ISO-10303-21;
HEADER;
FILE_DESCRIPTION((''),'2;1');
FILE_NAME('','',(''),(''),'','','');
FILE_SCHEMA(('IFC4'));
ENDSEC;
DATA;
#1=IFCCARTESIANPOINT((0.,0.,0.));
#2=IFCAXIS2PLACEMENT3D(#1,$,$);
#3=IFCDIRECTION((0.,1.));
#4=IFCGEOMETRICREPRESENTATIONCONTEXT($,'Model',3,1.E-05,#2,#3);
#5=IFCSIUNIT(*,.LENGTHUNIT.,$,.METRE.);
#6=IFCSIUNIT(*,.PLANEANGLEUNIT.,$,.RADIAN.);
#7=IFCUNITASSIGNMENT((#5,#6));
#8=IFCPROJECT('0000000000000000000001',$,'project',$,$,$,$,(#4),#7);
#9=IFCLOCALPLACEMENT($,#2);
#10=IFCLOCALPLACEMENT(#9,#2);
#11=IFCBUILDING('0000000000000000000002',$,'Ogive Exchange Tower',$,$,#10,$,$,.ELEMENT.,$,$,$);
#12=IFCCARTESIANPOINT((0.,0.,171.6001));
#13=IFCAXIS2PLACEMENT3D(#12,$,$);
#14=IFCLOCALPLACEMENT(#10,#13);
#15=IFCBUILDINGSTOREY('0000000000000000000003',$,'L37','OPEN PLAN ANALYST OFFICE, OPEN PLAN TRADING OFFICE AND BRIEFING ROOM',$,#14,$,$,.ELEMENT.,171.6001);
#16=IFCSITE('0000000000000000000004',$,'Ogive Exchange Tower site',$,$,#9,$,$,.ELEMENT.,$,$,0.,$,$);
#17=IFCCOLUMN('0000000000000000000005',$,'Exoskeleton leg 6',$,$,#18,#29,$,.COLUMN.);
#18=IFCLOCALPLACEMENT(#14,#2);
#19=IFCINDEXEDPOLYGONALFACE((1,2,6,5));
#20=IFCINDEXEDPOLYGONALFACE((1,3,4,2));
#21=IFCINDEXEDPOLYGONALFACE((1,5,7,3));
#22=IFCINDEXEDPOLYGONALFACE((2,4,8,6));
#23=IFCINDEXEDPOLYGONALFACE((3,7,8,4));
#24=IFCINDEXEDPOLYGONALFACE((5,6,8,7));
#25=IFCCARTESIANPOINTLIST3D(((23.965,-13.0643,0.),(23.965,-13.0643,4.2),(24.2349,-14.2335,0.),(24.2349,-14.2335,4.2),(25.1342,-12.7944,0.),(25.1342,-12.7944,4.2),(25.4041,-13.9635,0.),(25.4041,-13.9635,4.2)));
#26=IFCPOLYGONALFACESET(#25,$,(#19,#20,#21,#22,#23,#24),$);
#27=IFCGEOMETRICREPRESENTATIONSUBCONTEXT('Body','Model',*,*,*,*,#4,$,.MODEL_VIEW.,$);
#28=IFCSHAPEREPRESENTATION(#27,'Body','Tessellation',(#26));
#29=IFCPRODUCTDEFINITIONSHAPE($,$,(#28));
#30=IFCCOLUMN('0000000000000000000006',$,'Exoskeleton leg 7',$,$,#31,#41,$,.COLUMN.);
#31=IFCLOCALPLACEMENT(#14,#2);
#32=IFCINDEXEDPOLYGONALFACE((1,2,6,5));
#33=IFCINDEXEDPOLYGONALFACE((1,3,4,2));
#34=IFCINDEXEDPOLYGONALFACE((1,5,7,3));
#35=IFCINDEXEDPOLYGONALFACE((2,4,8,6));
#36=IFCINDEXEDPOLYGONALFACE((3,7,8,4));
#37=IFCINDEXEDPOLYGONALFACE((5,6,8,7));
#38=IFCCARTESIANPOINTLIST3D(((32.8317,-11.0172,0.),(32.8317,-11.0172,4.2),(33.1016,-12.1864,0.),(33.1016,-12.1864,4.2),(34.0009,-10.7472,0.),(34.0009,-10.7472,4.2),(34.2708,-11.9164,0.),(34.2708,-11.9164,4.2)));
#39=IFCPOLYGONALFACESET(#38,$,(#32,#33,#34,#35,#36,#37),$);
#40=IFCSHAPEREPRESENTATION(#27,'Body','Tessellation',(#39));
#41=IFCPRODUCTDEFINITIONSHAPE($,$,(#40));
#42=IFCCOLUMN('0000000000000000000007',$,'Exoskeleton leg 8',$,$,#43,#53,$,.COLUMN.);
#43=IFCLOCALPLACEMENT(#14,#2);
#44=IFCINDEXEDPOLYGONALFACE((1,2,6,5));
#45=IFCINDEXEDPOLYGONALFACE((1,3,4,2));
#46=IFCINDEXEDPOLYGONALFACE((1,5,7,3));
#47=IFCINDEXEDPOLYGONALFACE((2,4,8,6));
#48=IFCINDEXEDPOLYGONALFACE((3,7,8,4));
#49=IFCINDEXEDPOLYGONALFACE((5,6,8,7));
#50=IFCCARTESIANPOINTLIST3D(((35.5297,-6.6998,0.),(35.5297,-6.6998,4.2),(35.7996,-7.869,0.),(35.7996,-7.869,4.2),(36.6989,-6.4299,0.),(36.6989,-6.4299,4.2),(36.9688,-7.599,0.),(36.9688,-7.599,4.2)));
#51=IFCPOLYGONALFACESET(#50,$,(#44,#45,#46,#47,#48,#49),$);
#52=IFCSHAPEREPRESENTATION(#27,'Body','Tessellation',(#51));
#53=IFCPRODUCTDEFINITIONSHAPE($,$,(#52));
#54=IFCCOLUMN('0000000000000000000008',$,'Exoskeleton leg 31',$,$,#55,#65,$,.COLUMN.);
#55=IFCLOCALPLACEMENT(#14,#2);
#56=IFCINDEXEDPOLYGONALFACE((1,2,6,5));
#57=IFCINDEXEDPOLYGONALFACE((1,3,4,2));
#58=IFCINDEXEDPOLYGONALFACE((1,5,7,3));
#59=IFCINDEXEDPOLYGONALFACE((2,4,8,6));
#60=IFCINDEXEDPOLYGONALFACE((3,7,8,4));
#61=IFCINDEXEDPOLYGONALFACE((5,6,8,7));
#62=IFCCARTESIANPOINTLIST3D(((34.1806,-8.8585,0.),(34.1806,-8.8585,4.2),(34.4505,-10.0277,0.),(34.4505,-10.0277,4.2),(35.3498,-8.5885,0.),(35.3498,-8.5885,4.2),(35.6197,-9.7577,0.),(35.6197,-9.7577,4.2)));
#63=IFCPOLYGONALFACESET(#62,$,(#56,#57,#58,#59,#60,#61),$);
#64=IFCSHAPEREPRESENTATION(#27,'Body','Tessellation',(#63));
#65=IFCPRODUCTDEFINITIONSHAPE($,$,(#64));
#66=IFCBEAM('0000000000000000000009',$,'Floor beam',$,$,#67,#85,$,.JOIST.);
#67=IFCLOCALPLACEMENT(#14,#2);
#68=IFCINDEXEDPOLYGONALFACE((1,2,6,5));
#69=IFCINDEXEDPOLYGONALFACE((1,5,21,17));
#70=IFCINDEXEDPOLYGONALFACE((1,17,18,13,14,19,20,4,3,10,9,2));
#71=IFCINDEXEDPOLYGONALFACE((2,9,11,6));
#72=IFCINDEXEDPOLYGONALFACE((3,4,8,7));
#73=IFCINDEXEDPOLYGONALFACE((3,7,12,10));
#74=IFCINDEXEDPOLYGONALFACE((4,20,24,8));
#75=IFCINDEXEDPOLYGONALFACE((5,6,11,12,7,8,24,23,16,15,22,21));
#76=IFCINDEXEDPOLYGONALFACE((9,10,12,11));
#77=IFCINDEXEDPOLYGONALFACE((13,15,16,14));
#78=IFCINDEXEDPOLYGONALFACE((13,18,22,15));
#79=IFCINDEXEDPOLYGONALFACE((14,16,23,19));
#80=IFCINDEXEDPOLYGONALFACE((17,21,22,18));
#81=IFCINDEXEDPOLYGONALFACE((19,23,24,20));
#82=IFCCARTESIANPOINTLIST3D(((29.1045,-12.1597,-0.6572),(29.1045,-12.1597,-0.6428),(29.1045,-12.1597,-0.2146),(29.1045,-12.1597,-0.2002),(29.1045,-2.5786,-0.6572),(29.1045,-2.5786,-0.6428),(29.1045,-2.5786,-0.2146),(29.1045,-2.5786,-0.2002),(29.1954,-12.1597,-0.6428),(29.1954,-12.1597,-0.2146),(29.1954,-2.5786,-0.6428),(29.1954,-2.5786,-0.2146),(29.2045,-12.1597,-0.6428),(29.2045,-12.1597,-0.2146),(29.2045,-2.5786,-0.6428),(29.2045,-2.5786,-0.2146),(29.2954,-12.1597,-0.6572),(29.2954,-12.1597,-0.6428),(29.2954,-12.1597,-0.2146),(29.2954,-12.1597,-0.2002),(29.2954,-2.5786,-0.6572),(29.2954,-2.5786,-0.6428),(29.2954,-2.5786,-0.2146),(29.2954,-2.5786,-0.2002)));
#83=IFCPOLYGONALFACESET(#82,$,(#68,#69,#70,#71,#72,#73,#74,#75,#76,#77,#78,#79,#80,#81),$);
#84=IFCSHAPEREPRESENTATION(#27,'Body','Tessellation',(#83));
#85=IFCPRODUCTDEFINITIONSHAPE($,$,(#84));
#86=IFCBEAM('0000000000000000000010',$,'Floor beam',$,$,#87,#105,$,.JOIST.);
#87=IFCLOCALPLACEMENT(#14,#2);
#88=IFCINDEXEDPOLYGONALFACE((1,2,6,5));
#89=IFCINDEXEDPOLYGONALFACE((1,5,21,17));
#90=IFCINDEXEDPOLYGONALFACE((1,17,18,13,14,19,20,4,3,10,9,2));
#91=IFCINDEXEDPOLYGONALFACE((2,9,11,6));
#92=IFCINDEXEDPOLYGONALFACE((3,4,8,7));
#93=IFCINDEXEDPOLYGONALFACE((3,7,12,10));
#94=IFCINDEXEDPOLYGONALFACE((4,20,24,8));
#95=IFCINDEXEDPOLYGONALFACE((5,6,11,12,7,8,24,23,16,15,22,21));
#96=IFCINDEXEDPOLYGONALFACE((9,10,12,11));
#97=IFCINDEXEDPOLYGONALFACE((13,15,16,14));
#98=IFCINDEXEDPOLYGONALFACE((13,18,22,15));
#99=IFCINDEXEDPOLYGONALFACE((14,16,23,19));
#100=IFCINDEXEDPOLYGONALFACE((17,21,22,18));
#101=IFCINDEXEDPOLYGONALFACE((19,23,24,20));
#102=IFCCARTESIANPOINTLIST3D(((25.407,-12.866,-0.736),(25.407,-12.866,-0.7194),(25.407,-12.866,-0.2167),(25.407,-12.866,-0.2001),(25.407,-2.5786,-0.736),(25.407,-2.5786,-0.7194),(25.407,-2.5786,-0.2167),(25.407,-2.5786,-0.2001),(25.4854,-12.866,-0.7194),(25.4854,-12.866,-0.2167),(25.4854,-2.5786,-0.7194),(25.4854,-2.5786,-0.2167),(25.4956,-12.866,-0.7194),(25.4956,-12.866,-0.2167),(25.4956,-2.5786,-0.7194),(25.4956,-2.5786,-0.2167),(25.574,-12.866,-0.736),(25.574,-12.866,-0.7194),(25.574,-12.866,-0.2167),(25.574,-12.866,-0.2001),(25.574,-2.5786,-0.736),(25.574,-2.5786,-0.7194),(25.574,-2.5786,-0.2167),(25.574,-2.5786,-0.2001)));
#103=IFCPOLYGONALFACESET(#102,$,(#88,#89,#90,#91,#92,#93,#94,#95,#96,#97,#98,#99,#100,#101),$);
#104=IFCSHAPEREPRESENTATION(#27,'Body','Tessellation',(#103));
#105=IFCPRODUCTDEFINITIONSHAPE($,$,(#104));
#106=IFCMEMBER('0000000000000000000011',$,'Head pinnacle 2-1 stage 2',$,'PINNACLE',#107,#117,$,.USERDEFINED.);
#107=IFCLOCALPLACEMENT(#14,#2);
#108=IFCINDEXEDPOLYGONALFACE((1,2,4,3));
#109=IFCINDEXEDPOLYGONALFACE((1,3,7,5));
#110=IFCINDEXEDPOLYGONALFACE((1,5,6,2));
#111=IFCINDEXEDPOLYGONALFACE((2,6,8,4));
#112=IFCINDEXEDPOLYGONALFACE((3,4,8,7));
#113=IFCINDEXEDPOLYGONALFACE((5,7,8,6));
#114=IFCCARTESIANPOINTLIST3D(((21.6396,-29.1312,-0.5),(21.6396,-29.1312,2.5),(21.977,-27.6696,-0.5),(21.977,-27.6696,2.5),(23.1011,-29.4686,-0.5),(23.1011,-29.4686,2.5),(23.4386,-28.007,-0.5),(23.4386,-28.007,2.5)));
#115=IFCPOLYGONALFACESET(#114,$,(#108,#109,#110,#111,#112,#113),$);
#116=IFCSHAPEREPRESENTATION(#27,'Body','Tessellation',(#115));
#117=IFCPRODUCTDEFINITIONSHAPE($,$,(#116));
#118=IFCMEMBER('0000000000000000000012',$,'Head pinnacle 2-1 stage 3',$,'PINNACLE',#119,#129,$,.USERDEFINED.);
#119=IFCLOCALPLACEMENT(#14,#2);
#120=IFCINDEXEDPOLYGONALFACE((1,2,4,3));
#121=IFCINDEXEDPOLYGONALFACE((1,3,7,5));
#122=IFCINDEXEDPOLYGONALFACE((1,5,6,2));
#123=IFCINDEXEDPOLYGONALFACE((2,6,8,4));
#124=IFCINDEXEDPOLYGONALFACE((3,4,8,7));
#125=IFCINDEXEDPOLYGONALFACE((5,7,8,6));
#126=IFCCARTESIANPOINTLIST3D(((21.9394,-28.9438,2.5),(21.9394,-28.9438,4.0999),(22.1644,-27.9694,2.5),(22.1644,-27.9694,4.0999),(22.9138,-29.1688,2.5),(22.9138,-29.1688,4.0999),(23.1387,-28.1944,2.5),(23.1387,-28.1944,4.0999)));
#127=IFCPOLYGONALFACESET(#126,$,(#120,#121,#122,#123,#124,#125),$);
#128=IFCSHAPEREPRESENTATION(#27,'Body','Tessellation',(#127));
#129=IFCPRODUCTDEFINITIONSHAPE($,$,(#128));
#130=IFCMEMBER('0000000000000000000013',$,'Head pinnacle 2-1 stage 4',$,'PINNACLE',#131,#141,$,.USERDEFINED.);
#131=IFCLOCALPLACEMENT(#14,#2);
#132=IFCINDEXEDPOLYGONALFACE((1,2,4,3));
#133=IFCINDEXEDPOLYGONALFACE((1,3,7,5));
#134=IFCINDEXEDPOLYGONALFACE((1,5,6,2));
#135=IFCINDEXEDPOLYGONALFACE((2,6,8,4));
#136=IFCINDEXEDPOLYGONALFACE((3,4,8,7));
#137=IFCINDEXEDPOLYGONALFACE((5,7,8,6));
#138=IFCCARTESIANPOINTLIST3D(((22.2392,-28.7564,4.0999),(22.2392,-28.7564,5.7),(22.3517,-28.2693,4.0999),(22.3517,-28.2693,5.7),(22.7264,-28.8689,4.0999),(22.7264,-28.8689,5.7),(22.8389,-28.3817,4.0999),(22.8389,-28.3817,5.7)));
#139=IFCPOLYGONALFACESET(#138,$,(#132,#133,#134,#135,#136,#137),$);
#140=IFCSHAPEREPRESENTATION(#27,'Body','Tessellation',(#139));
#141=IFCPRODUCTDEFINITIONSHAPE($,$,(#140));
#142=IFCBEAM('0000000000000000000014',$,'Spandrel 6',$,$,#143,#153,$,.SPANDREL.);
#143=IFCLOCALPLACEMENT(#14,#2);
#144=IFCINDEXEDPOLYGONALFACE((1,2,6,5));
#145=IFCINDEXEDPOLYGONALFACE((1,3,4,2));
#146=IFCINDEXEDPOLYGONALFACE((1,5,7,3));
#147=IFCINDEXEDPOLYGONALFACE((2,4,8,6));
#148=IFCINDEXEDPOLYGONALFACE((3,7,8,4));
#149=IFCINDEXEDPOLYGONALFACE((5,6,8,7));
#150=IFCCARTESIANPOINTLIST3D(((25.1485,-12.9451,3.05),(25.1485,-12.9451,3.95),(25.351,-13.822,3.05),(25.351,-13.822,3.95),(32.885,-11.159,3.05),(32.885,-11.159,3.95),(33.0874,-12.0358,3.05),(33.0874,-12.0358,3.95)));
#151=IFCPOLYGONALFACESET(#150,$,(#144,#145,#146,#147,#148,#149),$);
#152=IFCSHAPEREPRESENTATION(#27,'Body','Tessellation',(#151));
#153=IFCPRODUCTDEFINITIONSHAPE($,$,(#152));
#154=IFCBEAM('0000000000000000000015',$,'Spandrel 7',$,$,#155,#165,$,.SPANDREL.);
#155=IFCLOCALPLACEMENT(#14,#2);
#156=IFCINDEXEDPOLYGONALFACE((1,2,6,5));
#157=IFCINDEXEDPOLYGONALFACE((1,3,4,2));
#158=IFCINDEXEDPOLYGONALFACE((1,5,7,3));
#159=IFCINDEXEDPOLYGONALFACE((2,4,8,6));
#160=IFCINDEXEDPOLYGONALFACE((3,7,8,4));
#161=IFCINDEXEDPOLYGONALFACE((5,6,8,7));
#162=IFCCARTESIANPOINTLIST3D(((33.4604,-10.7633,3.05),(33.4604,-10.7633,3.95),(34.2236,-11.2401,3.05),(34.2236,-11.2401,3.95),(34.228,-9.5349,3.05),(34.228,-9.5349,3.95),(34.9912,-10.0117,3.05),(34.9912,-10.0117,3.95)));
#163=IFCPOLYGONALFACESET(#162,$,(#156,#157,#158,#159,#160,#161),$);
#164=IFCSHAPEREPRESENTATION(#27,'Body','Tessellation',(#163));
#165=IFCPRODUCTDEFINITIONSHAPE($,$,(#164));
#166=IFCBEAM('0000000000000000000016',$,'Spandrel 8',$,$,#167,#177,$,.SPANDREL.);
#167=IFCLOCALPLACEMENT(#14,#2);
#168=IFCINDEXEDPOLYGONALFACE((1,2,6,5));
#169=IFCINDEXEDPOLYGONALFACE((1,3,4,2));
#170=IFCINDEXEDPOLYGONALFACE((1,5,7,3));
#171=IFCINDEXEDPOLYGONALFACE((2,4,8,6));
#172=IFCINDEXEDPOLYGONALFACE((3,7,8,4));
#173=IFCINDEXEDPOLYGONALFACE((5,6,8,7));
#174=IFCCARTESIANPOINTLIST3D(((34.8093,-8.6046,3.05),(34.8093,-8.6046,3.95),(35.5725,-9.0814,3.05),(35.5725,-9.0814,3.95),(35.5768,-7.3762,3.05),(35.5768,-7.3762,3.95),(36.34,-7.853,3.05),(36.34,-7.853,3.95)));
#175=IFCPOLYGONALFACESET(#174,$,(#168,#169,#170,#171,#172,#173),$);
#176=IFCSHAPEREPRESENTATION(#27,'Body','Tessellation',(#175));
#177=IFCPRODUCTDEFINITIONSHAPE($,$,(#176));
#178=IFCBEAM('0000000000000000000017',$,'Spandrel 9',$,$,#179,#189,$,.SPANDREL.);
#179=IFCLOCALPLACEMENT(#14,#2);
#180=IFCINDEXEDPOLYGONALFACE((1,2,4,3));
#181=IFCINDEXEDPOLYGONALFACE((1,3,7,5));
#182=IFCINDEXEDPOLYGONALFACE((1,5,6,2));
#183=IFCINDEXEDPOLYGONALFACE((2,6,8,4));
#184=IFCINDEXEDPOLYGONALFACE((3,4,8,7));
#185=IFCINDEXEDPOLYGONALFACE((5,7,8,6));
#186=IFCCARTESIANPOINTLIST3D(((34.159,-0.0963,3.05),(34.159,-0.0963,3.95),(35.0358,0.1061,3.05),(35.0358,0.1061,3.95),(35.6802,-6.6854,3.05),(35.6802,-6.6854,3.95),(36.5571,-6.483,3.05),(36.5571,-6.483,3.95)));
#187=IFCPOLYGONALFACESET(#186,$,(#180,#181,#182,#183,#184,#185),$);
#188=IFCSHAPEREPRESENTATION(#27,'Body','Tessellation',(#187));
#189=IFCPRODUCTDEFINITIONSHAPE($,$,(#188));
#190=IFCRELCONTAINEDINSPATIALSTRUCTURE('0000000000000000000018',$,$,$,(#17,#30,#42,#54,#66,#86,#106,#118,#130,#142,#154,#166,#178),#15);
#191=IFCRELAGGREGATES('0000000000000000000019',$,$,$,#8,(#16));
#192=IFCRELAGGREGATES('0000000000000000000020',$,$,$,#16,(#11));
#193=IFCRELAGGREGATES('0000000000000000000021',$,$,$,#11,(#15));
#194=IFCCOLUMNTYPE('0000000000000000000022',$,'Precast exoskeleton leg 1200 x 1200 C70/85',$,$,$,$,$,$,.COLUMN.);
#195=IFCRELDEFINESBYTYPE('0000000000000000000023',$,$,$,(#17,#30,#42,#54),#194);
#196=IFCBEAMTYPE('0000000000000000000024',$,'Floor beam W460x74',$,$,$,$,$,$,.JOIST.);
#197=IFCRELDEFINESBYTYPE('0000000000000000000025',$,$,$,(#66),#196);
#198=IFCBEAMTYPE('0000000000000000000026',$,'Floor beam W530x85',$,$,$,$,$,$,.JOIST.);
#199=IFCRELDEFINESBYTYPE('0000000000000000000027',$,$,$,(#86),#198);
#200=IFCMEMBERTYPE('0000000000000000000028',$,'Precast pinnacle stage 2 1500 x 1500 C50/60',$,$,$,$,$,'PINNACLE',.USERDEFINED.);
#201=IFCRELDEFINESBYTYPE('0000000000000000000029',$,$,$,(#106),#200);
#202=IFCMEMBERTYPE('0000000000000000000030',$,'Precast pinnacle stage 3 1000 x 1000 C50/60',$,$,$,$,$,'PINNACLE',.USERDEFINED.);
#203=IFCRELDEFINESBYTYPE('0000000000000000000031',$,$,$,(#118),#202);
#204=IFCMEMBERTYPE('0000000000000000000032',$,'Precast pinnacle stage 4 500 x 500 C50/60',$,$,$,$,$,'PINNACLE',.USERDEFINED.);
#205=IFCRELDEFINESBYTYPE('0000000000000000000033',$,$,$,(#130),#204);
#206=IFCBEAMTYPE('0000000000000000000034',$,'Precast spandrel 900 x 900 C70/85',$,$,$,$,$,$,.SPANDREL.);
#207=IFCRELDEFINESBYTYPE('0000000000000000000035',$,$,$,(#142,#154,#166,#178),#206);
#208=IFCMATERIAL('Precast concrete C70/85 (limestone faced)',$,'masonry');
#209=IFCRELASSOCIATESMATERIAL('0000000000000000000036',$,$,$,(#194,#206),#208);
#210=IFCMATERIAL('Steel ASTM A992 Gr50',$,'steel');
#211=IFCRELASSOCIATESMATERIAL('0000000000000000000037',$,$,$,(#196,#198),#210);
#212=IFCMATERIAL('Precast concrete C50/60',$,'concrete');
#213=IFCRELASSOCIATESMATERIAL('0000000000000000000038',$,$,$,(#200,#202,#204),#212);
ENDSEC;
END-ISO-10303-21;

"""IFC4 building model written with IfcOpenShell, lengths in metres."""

from ifc_helpers import new_model, si_unit, direction, frame, origin, origin_2d, place, context, subcontext, project, spatial, rectangle, i_section, extrude, material, material_profile, profile_set, type_object, element, save


model = new_model("IFC4")

# Units and contexts
model_context = context("Model", 3, precision=1e-05, world=origin(), true_north=direction((0.0, 1.0)))
body_context = subcontext(model_context, "Body", "Model", "MODEL_VIEW")
ifc_project = project(units=[si_unit("LENGTHUNIT", "METRE"), si_unit("PLANEANGLEUNIT", "RADIAN")], contexts=[model_context])

# Site, building, storey
site_placement = place(None, origin())
site = spatial("IfcSite", under=ifc_project, at=site_placement, Name="Ogive Exchange Tower site", CompositionType="ELEMENT", RefElevation=0.0)
building_placement = place(site_placement, origin())
building = spatial("IfcBuilding", under=site, at=building_placement, Name="Ogive Exchange Tower", CompositionType="ELEMENT")
storey_placement = place(building_placement, frame((0.0, 0.0, 171.6001)))
storey = spatial("IfcBuildingStorey", under=building, at=storey_placement, Name="L37", Description="OPEN PLAN ANALYST OFFICE, OPEN PLAN TRADING OFFICE AND BRIEFING ROOM", CompositionType="ELEMENT", Elevation=171.6001)

# Columns
ifc_material_1 = material(Name="Precast concrete C70/85 (limestone faced)", Category="masonry")
ifc_material_profile_1 = material_profile(ifc_material_1, rectangle(XDim=1.2, YDim=1.2, at=origin_2d()), Name="1200 x 1200")
ifc_profile_set_1 = profile_set([ifc_material_profile_1], Name="Precast concrete C70/85 (limestone faced)")
column_type = type_object("IfcColumnType", Name="Precast exoskeleton leg 1200 x 1200 C70/85", PredefinedType="COLUMN", material=ifc_profile_set_1)
for number, where, z_axis, x_axis, name in (
    (1, (24.6846, -13.5139, 0.0), (0.0, 0.0, 1.0), (0.97437, 0.224951, 0.0), "Exoskeleton leg 6"),
    (2, (33.5513, -11.4668, 0.0), (0.0, 0.0, 1.0), (0.97437, 0.224951, 0.0), "Exoskeleton leg 7"),
    (3, (36.2493, -7.1494, 0.0), (0.0, 0.0, 1.0), (0.97437, 0.224951, 0.0), "Exoskeleton leg 8"),
    (4, (34.9001, -9.3081, 0.0), (0.0, 0.0, 1.0), (0.97437, 0.224951, 0.0), "Exoskeleton leg 31"),
):
    element("IfcColumn", number, at=place(storey_placement, frame(where, z_axis=z_axis, x_axis=x_axis)), inside=storey, type_object=column_type, Name=name, PredefinedType="COLUMN", context=body_context, shape_type="SweptSolid", body=[
        extrude(rectangle(XDim=1.2, YDim=1.2, at=origin_2d()), origin(), (0.0, 0.0, 1.0), 4.2),
    ])

# Beams
ifc_material_2 = material(Name="Steel ASTM A992 Gr50", Category="steel")
ifc_material_profile_2 = material_profile(ifc_material_2, i_section(OverallWidth=0.1909, OverallDepth=0.457, WebThickness=0.009, FlangeThickness=0.0144, at=origin_2d()), Name="W460x74")
ifc_profile_set_2 = profile_set([ifc_material_profile_2], Name="Steel ASTM A992 Gr50")
beam_type_1 = type_object("IfcBeamType", Name="Floor beam W460x74", PredefinedType="JOIST", material=ifc_profile_set_2)
beam_1_placement = place(storey_placement, frame((29.2, -12.1597, -0.4287), z_axis=(0.0, 1.0, 0.0), x_axis=(-1.0, 0.0, 0.0)))
element("IfcBeam", 5, at=beam_1_placement, inside=storey, type_object=beam_type_1, Name="Floor beam", PredefinedType="JOIST", context=body_context, shape_type="SweptSolid", body=[
    extrude(i_section(OverallWidth=0.1909, OverallDepth=0.457, WebThickness=0.009, FlangeThickness=0.0144, at=origin_2d()), origin(), (0.0, 0.0, 1.0), 9.5811),
])
ifc_material_profile_3 = material_profile(ifc_material_2, i_section(OverallWidth=0.167, OverallDepth=0.5359, WebThickness=0.0103, FlangeThickness=0.0166, at=origin_2d()), Name="W530x85")
ifc_profile_set_3 = profile_set([ifc_material_profile_3], Name="Steel ASTM A992 Gr50")
beam_type_2 = type_object("IfcBeamType", Name="Floor beam W530x85", PredefinedType="JOIST", material=ifc_profile_set_3)
beam_2_placement = place(storey_placement, frame((25.4905, -12.866, -0.468), z_axis=(0.0, 1.0, 0.0), x_axis=(-1.0, 0.0, 0.0)))
element("IfcBeam", 6, at=beam_2_placement, inside=storey, type_object=beam_type_2, Name="Floor beam", PredefinedType="JOIST", context=body_context, shape_type="SweptSolid", body=[
    extrude(i_section(OverallWidth=0.167, OverallDepth=0.5359, WebThickness=0.0103, FlangeThickness=0.0166, at=origin_2d()), origin(), (0.0, 0.0, 1.0), 10.2874),
])

# Members
ifc_material_3 = material(Name="Precast concrete C50/60", Category="concrete")
ifc_material_profile_4 = material_profile(ifc_material_3, rectangle(XDim=1.5, YDim=1.5, at=origin_2d()), Name="PINNACLE 2 1500 x 1500")
ifc_profile_set_4 = profile_set([ifc_material_profile_4], Name="Precast concrete C50/60")
member_type_1 = type_object("IfcMemberType", Name="Precast pinnacle stage 2 1500 x 1500 C50/60", ElementType="PINNACLE", PredefinedType="USERDEFINED", material=ifc_profile_set_4)
member_1_placement = place(storey_placement, frame((22.5391, -28.5691, -0.5), z_axis=(0.0, 0.0, 1.0), x_axis=(0.97437, -0.224951, 0.0)))
element("IfcMember", 7, at=member_1_placement, inside=storey, type_object=member_type_1, Name="Head pinnacle 2-1 stage 2", ObjectType="PINNACLE", PredefinedType="USERDEFINED", context=body_context, shape_type="SweptSolid", body=[
    extrude(rectangle(XDim=1.5, YDim=1.5, at=origin_2d()), origin(), (0.0, 0.0, 1.0), 3.0),
])
ifc_material_profile_5 = material_profile(ifc_material_3, rectangle(XDim=1.0, YDim=1.0, at=origin_2d()), Name="PINNACLE 3 1000 x 1000")
ifc_profile_set_5 = profile_set([ifc_material_profile_5], Name="Precast concrete C50/60")
member_type_2 = type_object("IfcMemberType", Name="Precast pinnacle stage 3 1000 x 1000 C50/60", ElementType="PINNACLE", PredefinedType="USERDEFINED", material=ifc_profile_set_5)
member_2_placement = place(storey_placement, frame((22.5391, -28.5691, 2.5), z_axis=(0.0, 0.0, 1.0), x_axis=(0.97437, -0.224951, 0.0)))
element("IfcMember", 8, at=member_2_placement, inside=storey, type_object=member_type_2, Name="Head pinnacle 2-1 stage 3", ObjectType="PINNACLE", PredefinedType="USERDEFINED", context=body_context, shape_type="SweptSolid", body=[
    extrude(rectangle(XDim=1.0, YDim=1.0, at=origin_2d()), origin(), (0.0, 0.0, 1.0), 1.5999),
])
ifc_material_profile_6 = material_profile(ifc_material_3, rectangle(XDim=0.5, YDim=0.5, at=origin_2d()), Name="PINNACLE 4 500 x 500")
ifc_profile_set_6 = profile_set([ifc_material_profile_6], Name="Precast concrete C50/60")
member_type_3 = type_object("IfcMemberType", Name="Precast pinnacle stage 4 500 x 500 C50/60", ElementType="PINNACLE", PredefinedType="USERDEFINED", material=ifc_profile_set_6)
member_3_placement = place(storey_placement, frame((22.5391, -28.5691, 4.0999), z_axis=(0.0, 0.0, 1.0), x_axis=(0.97437, -0.224951, 0.0)))
element("IfcMember", 9, at=member_3_placement, inside=storey, type_object=member_type_3, Name="Head pinnacle 2-1 stage 4", ObjectType="PINNACLE", PredefinedType="USERDEFINED", context=body_context, shape_type="SweptSolid", body=[
    extrude(rectangle(XDim=0.5, YDim=0.5, at=origin_2d()), origin(), (0.0, 0.0, 1.0), 1.6001),
])

# Beams
ifc_material_profile_7 = material_profile(ifc_material_1, rectangle(XDim=0.8999, YDim=0.8999, at=origin_2d()), Name="900 x 900")
ifc_profile_set_7 = profile_set([ifc_material_profile_7], Name="Precast concrete C70/85 (limestone faced)")
beam_type_3 = type_object("IfcBeamType", Name="Precast spandrel 900 x 900 C70/85", PredefinedType="SPANDREL", material=ifc_profile_set_7)
beam_3_placement = place(storey_placement, frame((25.2498, -13.3835, 3.5), z_axis=(0.974368, 0.224958, 0.0), x_axis=(-0.224958, 0.974368, 0.0)))
element("IfcBeam", 10, at=beam_3_placement, inside=storey, type_object=beam_type_3, Name="Spandrel 6", PredefinedType="SPANDREL", context=body_context, shape_type="SweptSolid", body=[
    extrude(rectangle(XDim=0.8999, YDim=0.8999, at=origin_2d()), origin(), (0.0, 0.0, 1.0), 7.9399),
])
for number, where, z_axis, x_axis, name in (
    (11, (33.842, -11.0017, 3.5), (0.529878, 0.848074, 0.0), (-0.848074, 0.529878, 0.0), "Spandrel 7"),
    (12, (35.1909, -8.843, 3.5), (0.529878, 0.848074, 0.0), (-0.848074, 0.529878, 0.0), "Spandrel 8"),
):
    element("IfcBeam", number, at=place(storey_placement, frame(where, z_axis=z_axis, x_axis=x_axis)), inside=storey, type_object=beam_type_3, Name=name, PredefinedType="SPANDREL", context=body_context, shape_type="SweptSolid", body=[
        extrude(rectangle(XDim=0.8999, YDim=0.8999, at=origin_2d()), origin(), (0.0, 0.0, 1.0), 1.4485),
    ])
beam_4_placement = place(storey_placement, frame((36.1187, -6.5842, 3.5), z_axis=(-0.224954, 0.974369, 0.0), x_axis=(-0.974369, -0.224954, 0.0)))
element("IfcBeam", 13, at=beam_4_placement, inside=storey, type_object=beam_type_3, Name="Spandrel 9", PredefinedType="SPANDREL", context=body_context, shape_type="SweptSolid", body=[
    extrude(rectangle(XDim=0.8999, YDim=0.8999, at=origin_2d()), origin(), (0.0, 0.0, 1.0), 6.7625),
])

save(model, "model.ifc")
